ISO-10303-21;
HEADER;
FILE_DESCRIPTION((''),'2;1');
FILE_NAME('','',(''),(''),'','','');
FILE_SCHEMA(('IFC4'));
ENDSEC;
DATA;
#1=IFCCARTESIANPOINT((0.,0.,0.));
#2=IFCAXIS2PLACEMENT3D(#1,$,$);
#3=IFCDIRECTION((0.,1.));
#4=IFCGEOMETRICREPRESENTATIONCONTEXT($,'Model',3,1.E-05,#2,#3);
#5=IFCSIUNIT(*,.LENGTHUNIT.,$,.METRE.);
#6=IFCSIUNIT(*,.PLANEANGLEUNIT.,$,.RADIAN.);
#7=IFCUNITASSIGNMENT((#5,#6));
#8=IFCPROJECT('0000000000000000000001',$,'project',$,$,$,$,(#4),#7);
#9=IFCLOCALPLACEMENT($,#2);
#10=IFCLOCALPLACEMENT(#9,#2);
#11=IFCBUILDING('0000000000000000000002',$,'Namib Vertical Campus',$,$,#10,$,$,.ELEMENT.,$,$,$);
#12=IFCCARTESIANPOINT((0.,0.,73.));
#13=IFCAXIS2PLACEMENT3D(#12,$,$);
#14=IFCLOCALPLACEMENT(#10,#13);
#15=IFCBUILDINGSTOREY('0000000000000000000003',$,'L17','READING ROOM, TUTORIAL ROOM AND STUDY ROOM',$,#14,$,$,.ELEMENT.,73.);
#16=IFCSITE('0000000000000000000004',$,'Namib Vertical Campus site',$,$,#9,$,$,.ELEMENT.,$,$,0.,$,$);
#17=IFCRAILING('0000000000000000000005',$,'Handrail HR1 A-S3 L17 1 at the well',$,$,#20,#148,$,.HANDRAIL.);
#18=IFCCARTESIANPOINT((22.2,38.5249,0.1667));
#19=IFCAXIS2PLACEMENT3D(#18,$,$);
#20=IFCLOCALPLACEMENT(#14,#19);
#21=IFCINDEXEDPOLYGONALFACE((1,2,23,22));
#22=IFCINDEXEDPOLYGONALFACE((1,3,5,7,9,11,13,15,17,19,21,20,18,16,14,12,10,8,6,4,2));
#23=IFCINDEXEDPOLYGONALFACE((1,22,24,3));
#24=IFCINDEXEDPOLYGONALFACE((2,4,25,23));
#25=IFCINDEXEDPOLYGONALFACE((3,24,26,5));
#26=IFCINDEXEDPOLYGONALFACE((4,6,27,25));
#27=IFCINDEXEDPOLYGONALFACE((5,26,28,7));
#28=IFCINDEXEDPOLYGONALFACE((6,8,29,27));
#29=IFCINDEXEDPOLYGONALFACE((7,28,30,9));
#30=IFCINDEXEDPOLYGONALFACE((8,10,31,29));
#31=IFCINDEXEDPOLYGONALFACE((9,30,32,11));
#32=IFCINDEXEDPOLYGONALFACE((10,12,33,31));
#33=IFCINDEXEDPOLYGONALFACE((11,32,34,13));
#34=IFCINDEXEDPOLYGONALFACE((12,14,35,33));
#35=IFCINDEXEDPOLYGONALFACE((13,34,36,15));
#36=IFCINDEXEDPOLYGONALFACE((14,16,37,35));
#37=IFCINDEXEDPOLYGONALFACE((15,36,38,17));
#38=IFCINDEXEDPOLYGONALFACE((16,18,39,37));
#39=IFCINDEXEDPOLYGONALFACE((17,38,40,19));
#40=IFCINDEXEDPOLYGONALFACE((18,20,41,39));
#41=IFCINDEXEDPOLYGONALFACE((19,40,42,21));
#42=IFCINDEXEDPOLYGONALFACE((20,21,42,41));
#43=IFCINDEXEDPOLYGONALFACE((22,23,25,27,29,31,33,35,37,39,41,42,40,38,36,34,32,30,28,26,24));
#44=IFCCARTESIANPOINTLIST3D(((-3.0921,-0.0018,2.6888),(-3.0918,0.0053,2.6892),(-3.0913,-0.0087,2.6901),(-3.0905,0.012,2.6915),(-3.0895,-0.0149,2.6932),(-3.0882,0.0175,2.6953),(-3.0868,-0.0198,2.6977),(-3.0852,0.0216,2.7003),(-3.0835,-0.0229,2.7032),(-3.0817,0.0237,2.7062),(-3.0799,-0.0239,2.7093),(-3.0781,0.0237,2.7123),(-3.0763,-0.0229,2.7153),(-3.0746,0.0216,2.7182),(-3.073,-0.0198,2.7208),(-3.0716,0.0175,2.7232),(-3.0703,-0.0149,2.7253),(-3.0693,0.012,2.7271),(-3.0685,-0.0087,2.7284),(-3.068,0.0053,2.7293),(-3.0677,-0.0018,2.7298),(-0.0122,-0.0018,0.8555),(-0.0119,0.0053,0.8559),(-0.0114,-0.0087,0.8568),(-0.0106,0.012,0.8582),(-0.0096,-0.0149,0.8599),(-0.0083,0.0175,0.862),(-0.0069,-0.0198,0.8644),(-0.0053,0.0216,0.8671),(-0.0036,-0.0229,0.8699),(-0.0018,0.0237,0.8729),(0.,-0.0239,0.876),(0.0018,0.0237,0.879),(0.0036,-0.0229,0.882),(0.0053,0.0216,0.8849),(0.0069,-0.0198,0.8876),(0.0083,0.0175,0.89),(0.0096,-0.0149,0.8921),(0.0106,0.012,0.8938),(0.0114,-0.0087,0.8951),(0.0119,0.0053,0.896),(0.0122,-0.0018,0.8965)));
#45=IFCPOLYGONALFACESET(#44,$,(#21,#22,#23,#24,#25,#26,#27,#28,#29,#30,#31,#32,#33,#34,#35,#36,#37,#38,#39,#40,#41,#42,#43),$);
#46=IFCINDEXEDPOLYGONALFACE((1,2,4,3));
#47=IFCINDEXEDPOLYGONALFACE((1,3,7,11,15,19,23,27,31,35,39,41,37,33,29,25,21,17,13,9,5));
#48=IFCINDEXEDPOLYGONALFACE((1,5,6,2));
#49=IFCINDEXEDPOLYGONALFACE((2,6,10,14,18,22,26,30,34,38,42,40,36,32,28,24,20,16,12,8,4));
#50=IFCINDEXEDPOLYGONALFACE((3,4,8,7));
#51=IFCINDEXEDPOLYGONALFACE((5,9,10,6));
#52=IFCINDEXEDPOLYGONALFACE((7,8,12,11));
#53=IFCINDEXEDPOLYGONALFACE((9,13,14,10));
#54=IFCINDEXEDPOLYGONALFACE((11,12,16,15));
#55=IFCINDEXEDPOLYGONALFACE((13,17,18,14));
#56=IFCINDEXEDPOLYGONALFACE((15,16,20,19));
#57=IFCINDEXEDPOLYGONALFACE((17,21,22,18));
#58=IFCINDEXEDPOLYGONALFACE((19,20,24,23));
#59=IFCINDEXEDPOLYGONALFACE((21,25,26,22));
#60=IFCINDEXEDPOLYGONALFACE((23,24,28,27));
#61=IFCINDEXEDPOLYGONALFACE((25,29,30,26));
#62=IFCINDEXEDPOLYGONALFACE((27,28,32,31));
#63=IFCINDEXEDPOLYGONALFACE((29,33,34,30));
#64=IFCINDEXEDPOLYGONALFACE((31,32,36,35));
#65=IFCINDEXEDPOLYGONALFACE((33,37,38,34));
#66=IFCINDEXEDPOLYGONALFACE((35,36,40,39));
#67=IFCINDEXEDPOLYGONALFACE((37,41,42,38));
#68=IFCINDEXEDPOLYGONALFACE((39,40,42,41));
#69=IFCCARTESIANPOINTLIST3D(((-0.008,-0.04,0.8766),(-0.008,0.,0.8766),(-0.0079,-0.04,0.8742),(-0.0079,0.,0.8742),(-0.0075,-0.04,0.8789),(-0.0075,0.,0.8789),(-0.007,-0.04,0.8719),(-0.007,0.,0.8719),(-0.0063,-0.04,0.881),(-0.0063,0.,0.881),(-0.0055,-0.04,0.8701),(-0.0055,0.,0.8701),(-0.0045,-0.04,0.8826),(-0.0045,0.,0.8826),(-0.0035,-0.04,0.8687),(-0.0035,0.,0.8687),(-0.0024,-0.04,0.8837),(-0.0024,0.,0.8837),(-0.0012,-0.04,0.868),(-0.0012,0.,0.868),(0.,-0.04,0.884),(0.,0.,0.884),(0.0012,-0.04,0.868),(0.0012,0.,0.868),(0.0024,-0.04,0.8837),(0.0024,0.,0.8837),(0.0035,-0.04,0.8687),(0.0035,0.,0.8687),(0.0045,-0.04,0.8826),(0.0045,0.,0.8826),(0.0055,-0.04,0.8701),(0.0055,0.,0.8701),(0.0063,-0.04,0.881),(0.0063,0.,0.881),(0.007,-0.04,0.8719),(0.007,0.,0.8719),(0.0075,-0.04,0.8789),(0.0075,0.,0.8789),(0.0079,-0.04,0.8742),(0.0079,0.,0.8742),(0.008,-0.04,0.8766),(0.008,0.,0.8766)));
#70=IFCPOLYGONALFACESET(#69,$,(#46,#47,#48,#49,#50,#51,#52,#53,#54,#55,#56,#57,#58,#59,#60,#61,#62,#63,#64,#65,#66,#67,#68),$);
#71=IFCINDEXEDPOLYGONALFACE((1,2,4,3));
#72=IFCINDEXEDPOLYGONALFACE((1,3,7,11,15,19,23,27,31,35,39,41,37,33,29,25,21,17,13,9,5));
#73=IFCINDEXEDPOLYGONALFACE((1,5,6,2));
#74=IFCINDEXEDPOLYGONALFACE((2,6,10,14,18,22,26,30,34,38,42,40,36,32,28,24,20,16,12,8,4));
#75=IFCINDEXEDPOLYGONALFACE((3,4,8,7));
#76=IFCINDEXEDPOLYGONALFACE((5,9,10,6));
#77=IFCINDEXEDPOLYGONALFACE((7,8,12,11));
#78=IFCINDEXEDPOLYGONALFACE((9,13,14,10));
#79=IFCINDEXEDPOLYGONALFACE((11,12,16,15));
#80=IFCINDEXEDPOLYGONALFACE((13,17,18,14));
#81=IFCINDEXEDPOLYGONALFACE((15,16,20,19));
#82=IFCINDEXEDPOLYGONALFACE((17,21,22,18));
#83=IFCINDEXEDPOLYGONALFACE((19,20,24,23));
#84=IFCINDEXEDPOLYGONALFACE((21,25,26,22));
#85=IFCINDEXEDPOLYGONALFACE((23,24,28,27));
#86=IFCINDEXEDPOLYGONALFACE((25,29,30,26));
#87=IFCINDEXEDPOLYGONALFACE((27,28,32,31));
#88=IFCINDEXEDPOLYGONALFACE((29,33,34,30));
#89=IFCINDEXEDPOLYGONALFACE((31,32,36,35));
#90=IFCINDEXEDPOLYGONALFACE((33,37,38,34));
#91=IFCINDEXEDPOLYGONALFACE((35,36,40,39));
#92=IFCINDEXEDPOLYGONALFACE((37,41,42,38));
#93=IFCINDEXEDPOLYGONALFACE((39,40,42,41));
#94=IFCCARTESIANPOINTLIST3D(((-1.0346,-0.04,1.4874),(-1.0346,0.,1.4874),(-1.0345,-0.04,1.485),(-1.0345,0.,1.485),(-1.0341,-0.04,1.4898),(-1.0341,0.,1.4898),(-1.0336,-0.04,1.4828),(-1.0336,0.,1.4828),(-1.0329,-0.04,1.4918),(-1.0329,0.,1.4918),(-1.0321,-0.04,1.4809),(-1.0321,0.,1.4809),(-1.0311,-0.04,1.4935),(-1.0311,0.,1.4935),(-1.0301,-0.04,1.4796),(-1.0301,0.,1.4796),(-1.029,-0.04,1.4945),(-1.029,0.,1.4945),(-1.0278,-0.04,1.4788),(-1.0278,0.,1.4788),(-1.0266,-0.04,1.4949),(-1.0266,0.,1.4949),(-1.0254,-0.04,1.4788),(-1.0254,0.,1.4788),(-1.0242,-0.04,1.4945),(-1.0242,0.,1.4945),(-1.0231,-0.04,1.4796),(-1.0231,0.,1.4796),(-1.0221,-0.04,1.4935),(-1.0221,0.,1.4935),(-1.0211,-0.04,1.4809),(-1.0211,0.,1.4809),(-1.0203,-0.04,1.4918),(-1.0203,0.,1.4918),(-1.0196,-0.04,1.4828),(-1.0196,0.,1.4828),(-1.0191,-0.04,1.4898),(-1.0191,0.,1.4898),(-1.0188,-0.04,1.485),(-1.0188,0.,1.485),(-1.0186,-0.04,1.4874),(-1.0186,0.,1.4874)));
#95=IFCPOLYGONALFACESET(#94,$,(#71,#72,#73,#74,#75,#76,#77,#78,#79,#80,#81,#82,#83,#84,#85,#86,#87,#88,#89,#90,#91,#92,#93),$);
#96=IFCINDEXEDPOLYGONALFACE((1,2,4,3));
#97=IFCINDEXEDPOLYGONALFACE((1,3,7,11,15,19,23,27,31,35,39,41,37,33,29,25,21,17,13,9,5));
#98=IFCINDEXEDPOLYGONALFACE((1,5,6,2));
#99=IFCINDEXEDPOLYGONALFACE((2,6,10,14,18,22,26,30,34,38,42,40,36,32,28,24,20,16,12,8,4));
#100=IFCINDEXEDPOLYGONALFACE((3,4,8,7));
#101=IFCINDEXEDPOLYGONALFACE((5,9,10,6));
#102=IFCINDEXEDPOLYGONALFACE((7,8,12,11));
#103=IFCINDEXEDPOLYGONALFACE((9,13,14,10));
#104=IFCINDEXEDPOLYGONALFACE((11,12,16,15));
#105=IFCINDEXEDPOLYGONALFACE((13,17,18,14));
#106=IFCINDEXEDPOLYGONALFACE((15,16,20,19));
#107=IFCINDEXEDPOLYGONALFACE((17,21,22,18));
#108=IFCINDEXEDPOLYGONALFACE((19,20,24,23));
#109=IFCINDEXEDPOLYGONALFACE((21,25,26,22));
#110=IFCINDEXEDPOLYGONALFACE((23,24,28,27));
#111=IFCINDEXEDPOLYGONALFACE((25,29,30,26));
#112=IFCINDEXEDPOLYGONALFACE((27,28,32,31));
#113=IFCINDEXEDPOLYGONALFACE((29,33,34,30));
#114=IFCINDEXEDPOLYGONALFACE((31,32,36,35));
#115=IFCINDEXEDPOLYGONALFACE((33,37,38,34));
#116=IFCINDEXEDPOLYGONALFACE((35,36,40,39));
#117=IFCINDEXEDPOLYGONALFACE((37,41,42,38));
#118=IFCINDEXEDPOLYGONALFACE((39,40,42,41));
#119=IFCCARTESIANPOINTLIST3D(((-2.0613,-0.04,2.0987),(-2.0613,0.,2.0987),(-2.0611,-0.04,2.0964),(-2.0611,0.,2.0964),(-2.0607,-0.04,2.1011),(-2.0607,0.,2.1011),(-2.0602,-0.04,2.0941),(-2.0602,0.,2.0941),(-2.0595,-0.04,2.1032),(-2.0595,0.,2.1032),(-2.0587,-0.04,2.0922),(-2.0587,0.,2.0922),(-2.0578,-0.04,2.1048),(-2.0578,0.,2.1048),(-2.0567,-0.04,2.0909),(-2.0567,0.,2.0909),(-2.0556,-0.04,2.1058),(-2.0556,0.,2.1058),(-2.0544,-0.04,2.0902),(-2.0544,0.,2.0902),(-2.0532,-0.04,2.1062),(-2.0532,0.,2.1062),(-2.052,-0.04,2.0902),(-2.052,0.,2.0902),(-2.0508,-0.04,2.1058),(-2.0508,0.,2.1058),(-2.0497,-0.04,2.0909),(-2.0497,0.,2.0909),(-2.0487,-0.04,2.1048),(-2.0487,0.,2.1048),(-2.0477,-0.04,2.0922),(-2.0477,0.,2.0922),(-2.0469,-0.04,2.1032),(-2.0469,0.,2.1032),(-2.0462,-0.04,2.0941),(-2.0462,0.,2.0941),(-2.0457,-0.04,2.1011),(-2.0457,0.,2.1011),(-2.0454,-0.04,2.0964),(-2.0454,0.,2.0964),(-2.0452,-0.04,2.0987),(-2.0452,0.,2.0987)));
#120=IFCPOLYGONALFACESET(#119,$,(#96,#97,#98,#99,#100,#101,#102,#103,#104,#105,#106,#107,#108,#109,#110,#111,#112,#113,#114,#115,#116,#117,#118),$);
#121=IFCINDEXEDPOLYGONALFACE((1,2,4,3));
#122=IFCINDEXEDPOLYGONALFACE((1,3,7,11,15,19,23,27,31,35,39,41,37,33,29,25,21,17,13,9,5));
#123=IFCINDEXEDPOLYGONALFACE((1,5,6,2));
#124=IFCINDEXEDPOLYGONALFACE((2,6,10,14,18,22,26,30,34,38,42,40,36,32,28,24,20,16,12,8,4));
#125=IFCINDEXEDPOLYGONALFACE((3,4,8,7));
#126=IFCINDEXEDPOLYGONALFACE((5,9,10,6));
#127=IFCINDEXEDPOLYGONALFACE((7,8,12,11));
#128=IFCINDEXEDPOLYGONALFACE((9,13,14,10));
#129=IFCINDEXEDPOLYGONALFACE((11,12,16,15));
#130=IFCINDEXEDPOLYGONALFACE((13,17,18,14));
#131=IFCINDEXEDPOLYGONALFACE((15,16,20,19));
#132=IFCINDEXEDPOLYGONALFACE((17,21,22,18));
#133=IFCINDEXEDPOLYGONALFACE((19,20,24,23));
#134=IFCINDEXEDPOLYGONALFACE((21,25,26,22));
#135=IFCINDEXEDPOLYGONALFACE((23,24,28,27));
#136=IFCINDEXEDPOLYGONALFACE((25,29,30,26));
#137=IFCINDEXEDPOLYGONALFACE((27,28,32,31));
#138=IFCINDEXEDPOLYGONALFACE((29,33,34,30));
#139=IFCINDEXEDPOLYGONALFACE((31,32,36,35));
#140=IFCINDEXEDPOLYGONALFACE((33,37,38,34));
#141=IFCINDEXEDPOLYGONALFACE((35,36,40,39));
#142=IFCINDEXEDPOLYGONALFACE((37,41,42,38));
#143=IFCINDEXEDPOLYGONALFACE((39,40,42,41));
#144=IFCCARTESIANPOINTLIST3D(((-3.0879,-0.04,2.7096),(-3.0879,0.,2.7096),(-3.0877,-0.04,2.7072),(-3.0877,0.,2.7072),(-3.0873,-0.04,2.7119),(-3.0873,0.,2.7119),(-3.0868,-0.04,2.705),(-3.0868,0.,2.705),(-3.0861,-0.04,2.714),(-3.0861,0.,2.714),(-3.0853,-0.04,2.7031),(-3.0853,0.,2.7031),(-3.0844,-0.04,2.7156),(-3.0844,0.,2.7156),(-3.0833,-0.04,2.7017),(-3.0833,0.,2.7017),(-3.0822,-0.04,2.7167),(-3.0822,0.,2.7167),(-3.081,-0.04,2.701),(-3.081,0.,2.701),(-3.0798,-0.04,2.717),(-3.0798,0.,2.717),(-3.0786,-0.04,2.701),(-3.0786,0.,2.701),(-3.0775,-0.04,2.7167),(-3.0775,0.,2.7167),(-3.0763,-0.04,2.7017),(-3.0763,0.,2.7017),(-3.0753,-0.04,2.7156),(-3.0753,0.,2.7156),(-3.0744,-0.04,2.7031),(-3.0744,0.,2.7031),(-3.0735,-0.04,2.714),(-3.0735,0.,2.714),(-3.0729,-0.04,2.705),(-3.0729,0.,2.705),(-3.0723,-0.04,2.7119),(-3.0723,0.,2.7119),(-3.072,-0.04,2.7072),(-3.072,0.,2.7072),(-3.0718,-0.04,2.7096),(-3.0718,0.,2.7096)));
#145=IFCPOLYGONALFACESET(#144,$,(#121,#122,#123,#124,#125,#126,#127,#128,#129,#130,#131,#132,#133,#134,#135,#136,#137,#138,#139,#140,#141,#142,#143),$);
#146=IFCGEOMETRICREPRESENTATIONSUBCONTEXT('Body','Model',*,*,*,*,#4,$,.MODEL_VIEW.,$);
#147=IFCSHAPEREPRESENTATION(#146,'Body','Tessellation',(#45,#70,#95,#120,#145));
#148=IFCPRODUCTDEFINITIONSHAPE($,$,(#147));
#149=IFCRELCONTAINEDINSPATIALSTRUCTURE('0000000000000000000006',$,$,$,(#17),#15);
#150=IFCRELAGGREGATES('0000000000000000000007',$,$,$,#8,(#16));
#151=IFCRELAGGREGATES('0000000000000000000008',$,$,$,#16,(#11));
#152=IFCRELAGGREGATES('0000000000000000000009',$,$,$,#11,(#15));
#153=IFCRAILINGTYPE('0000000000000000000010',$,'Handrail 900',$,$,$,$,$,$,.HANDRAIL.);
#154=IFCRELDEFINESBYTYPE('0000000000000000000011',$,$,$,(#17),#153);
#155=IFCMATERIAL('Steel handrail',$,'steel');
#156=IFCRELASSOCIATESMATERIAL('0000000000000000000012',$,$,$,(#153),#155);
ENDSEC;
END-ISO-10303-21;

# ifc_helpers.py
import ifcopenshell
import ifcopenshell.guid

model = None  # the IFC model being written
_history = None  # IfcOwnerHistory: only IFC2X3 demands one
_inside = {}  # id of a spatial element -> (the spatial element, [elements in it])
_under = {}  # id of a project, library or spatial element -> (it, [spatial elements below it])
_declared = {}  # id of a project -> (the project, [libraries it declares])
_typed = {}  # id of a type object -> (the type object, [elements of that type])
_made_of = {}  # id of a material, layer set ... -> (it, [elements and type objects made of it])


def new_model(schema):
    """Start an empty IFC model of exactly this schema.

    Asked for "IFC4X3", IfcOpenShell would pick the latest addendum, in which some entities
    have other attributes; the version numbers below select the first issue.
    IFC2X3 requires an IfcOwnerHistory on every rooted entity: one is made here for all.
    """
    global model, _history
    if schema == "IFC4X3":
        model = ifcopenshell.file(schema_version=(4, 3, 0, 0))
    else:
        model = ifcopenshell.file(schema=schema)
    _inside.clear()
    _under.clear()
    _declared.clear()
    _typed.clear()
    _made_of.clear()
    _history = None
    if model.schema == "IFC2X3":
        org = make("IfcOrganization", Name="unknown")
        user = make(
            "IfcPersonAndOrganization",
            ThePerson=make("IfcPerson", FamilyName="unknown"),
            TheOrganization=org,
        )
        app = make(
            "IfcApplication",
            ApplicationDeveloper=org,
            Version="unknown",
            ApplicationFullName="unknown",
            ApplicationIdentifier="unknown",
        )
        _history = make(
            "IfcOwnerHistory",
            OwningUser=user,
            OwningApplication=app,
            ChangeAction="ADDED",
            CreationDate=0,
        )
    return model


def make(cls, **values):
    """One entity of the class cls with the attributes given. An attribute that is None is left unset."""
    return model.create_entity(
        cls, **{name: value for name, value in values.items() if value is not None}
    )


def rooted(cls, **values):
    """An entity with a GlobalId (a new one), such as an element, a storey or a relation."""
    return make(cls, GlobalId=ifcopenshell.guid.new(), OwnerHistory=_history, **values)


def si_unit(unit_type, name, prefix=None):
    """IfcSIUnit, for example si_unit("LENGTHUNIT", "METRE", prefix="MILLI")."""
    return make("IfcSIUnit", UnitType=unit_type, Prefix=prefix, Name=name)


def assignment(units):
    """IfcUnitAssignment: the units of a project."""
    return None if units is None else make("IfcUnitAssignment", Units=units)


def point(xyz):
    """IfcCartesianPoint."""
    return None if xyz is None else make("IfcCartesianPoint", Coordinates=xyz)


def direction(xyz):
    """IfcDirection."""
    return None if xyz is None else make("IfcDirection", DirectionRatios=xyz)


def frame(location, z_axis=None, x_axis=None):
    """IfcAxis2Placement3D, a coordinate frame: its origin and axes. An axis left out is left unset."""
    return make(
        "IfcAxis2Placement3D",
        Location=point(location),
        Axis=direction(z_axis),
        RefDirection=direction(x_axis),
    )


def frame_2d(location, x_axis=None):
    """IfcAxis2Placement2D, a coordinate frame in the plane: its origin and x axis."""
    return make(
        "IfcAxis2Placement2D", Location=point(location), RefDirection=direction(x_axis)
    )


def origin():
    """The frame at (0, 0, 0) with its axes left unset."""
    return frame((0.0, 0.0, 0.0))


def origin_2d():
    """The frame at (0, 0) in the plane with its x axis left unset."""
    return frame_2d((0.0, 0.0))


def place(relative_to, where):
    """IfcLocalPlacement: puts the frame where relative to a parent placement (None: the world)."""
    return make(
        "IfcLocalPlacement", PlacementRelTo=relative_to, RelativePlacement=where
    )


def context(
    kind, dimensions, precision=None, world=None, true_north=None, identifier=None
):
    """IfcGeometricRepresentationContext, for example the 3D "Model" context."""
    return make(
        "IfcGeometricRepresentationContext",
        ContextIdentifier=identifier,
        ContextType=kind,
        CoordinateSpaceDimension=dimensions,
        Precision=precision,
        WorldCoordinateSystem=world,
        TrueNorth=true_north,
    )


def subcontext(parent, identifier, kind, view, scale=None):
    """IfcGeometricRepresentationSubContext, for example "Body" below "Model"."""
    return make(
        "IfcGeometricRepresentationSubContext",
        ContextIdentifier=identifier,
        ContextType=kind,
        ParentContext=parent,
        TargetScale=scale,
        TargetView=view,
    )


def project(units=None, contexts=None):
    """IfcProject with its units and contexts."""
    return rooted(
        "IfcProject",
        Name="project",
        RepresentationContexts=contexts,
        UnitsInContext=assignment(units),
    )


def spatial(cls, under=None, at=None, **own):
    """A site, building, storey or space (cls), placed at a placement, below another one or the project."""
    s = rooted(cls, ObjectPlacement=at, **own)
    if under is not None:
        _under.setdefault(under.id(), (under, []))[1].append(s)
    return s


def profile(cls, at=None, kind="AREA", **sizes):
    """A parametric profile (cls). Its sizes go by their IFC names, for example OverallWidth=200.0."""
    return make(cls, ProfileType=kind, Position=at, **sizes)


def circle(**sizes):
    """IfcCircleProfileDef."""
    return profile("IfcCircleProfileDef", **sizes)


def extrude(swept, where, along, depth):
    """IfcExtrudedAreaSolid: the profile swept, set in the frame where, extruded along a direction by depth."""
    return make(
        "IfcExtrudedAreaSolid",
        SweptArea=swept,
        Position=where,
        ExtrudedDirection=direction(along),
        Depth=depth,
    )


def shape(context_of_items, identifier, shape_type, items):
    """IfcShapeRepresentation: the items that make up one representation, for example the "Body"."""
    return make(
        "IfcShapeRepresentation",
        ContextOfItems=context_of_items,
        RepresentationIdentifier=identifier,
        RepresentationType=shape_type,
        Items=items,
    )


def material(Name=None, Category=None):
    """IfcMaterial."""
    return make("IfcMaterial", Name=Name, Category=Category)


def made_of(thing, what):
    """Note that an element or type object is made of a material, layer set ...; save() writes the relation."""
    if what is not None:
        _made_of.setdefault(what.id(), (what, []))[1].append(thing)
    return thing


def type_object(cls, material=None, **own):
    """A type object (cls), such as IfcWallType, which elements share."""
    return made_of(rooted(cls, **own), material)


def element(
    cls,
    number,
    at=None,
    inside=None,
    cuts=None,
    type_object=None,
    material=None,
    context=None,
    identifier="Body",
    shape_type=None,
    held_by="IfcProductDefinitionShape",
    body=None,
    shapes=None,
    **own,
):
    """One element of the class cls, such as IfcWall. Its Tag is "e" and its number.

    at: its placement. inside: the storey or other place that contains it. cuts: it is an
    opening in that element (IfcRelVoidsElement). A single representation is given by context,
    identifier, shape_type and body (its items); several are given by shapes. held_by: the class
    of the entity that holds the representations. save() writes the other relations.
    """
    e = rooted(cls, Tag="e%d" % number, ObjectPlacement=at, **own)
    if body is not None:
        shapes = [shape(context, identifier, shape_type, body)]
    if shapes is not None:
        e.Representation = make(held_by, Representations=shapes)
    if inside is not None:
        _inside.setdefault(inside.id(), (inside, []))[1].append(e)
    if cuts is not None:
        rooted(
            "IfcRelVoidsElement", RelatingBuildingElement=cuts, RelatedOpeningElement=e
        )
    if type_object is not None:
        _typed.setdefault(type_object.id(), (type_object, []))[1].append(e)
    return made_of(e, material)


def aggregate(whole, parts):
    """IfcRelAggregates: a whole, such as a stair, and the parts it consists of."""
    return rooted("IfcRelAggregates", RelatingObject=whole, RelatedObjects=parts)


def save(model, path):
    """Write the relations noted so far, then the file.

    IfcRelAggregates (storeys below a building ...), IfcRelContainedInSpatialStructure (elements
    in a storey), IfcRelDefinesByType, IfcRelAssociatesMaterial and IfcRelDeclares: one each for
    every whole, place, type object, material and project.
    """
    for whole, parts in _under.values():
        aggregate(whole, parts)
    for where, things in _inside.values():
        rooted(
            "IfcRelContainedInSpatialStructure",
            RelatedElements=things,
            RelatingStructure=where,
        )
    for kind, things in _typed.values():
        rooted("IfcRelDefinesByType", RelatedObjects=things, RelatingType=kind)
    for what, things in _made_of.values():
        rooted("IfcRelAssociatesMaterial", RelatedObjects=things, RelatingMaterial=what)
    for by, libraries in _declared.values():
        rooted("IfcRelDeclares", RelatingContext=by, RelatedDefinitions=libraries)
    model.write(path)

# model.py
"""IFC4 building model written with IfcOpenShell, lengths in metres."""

from ifc_helpers import new_model, si_unit, direction, frame, origin, origin_2d, place, context, subcontext, project, spatial, circle, extrude, material, type_object, element, save


model = new_model("IFC4")

# Units and contexts
model_context = context("Model", 3, precision=1e-05, world=origin(), true_north=direction((0.0, 1.0)))
body_context = subcontext(model_context, "Body", "Model", "MODEL_VIEW")
ifc_project = project(units=[si_unit("LENGTHUNIT", "METRE"), si_unit("PLANEANGLEUNIT", "RADIAN")], contexts=[model_context])

# Site, building, storey
site_placement = place(None, origin())
site = spatial("IfcSite", under=ifc_project, at=site_placement, Name="Namib Vertical Campus site", CompositionType="ELEMENT", RefElevation=0.0)
building_placement = place(site_placement, origin())
building = spatial("IfcBuilding", under=site, at=building_placement, Name="Namib Vertical Campus", CompositionType="ELEMENT")
storey_placement = place(building_placement, frame((0.0, 0.0, 73.0)))
storey = spatial("IfcBuildingStorey", under=building, at=storey_placement, Name="L17", Description="READING ROOM, TUTORIAL ROOM AND STUDY ROOM", CompositionType="ELEMENT", Elevation=73.0)

# Railing
ifc_material_1 = material(Name="Steel handrail", Category="steel")
railing_type_1 = type_object("IfcRailingType", Name="Handrail 900", PredefinedType="HANDRAIL", material=ifc_material_1)
railing_1_placement = place(storey_placement, frame((22.2, 38.5249, 0.1667)))
element("IfcRailing", 1, at=railing_1_placement, inside=storey, type_object=railing_type_1, Name="Handrail HR1 A-S3 L17 1 at the well", PredefinedType="HANDRAIL", context=body_context, shape_type="SweptSolid", body=[
    extrude(circle(Radius=0.0239, at=origin_2d()), frame((0.0, 0.0, 0.876), z_axis=(-0.859291, 0.0, 0.511487), x_axis=(0.0, -1.0, 0.0)), (0.0, 0.0, 1.0), 3.5842),
    extrude(circle(Radius=0.0081, at=origin_2d()), frame((0.0, 0.0, 0.876), z_axis=(0.0, -1.0, 0.0), x_axis=(0.0, 0.0, 1.0)), (0.0, 0.0, 1.0), 0.04),
    extrude(circle(Radius=0.0081, at=origin_2d()), frame((-1.0266, 0.0, 1.4868), z_axis=(0.0, -1.0, 0.0), x_axis=(0.0, 0.0, 1.0)), (0.0, 0.0, 1.0), 0.04),
    extrude(circle(Radius=0.0081, at=origin_2d()), frame((-2.0532, 0.0, 2.0981), z_axis=(0.0, -1.0, 0.0), x_axis=(0.0, 0.0, 1.0)), (0.0, 0.0, 1.0), 0.04),
    extrude(circle(Radius=0.0081, at=origin_2d()), frame((-3.0798, 0.0, 2.709), z_axis=(0.0, -1.0, 0.0), x_axis=(0.0, 0.0, 1.0)), (0.0, 0.0, 1.0), 0.04),
])

save(model, "model.ifc")
